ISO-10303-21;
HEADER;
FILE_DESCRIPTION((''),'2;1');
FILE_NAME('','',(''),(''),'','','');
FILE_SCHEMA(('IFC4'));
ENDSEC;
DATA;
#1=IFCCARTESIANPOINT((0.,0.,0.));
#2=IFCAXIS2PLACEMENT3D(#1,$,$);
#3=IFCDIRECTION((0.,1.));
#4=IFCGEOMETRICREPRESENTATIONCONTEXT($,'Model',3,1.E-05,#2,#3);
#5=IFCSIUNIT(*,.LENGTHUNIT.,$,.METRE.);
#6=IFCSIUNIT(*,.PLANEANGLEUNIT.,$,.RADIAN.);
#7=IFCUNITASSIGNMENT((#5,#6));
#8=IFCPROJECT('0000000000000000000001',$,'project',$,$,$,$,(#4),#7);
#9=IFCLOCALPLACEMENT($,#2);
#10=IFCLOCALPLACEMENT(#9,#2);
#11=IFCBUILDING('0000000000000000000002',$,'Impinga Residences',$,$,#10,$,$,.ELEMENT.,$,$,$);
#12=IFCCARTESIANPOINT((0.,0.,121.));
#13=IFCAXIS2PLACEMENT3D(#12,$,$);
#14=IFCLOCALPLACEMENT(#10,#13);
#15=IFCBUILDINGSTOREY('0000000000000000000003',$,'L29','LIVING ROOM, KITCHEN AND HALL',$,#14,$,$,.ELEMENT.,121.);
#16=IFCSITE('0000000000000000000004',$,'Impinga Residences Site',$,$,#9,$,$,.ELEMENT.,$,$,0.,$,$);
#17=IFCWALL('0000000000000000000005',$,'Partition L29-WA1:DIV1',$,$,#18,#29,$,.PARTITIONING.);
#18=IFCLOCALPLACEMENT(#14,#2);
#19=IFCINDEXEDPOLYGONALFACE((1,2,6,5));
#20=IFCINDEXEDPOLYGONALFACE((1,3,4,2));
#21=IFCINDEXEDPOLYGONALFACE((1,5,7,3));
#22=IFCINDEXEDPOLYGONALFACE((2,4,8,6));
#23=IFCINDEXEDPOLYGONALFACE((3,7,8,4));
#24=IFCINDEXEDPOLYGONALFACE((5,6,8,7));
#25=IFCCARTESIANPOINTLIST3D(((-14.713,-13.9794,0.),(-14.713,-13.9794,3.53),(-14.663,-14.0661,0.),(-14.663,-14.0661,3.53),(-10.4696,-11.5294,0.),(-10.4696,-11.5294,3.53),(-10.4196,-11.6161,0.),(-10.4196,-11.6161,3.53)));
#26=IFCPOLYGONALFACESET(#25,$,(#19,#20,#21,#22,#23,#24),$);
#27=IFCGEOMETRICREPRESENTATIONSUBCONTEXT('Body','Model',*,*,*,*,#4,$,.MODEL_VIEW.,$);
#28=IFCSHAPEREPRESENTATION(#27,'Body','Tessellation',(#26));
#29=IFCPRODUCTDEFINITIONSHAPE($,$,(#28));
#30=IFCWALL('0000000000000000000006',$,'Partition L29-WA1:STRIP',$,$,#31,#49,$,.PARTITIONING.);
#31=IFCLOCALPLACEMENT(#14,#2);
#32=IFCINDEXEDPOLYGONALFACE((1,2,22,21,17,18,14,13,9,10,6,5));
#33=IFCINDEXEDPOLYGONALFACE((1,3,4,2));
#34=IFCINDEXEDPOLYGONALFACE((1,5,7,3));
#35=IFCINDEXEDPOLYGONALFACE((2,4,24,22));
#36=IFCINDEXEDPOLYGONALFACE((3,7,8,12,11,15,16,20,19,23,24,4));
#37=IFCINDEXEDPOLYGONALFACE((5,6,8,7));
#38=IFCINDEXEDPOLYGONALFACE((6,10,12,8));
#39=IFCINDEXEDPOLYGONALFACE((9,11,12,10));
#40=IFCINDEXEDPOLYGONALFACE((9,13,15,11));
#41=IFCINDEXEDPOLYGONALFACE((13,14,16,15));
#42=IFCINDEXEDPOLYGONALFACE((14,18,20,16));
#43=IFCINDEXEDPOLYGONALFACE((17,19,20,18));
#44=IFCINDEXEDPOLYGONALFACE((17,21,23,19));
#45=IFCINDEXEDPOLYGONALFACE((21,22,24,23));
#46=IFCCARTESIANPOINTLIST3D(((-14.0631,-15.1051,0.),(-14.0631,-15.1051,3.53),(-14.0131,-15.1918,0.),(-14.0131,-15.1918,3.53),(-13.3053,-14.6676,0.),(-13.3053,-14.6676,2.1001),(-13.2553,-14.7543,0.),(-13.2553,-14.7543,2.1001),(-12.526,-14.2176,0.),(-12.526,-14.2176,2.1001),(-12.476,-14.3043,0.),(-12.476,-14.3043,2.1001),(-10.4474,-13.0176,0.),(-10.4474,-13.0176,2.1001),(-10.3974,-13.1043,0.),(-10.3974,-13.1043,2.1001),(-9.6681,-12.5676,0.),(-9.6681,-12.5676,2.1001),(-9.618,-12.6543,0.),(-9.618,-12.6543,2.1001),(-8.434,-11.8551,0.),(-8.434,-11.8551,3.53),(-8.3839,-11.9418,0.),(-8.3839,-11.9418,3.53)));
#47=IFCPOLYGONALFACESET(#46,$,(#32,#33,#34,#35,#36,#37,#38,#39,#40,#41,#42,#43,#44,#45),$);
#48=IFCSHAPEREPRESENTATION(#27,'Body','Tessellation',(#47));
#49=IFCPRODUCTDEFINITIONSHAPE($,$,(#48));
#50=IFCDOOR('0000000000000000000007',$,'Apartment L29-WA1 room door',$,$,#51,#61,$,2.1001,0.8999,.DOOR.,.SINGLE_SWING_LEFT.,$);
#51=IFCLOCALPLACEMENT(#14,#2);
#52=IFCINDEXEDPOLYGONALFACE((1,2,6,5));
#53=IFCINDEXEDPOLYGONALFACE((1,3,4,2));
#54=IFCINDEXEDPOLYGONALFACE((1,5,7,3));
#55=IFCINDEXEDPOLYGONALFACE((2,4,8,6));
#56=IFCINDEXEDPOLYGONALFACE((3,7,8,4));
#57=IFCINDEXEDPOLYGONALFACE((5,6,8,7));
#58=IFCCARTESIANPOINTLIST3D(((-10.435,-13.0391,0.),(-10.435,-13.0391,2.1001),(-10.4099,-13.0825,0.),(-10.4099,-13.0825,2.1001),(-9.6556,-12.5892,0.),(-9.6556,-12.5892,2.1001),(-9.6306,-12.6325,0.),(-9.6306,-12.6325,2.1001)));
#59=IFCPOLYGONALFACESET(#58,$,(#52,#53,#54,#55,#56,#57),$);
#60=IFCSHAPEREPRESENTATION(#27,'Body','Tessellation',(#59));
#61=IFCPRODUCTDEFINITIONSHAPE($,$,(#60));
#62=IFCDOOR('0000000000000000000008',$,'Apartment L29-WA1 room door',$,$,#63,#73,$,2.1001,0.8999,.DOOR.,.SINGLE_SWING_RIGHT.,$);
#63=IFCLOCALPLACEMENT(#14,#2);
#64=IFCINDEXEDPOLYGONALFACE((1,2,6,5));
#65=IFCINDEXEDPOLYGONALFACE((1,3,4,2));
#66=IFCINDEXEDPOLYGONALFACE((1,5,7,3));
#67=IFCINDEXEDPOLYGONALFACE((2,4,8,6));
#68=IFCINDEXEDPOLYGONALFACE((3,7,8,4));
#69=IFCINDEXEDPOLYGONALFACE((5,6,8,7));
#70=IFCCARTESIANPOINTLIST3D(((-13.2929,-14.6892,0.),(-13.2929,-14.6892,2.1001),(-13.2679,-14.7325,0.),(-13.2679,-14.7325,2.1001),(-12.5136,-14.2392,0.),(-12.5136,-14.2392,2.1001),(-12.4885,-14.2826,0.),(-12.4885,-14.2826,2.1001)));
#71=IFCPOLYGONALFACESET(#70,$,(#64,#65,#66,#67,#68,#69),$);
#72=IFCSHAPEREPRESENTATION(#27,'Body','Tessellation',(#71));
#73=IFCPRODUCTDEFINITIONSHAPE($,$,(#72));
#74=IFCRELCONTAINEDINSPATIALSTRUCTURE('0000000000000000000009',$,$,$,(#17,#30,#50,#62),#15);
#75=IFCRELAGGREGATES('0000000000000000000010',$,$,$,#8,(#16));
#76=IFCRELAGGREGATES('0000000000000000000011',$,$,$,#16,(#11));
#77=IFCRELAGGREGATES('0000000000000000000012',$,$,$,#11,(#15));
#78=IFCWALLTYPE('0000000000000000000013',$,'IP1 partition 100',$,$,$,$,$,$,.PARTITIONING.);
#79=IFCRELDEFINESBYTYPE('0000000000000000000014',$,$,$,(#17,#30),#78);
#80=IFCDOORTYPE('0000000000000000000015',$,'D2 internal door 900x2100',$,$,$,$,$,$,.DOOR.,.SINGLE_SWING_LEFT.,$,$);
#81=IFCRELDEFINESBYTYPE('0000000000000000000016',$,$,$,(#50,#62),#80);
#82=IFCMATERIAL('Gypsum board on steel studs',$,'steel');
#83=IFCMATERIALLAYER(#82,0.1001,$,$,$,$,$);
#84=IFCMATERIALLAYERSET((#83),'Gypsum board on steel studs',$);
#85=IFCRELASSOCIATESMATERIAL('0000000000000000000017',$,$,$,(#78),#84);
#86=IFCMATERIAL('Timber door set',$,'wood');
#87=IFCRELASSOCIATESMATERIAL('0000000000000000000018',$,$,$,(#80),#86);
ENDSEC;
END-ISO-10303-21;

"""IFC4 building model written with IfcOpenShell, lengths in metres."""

from ifc_helpers import new_model, si_unit, direction, frame, frame_2d, origin, place, context, subcontext, project, spatial, rectangle, extrude, material, layer, layer_set, type_object, element, fill, save


model = new_model("IFC4")

# Units and contexts
model_context = context("Model", 3, precision=1e-05, world=origin(), true_north=direction((0.0, 1.0)))
body_context = subcontext(model_context, "Body", "Model", "MODEL_VIEW")
ifc_project = project(units=[si_unit("LENGTHUNIT", "METRE"), si_unit("PLANEANGLEUNIT", "RADIAN")], contexts=[model_context])

# Site, building, storey
site_placement = place(None, origin())
site = spatial("IfcSite", under=ifc_project, at=site_placement, Name="Impinga Residences Site", CompositionType="ELEMENT", RefElevation=0.0)
building_placement = place(site_placement, origin())
building = spatial("IfcBuilding", under=site, at=building_placement, Name="Impinga Residences", CompositionType="ELEMENT")
storey_placement = place(building_placement, frame((0.0, 0.0, 121.0)))
storey = spatial("IfcBuildingStorey", under=building, at=storey_placement, Name="L29", Description="LIVING ROOM, KITCHEN AND HALL", CompositionType="ELEMENT", Elevation=121.0)

# Wall
ifc_material_1 = material(Name="Gypsum board on steel studs", Category="steel")
ifc_layer_1 = layer(ifc_material_1, 0.1001)
ifc_layer_set_1 = layer_set([ifc_layer_1], Name="Gypsum board on steel studs")
wall_type_1 = type_object("IfcWallType", Name="IP1 partition 100", PredefinedType="PARTITIONING", material=ifc_layer_set_1)
wall_1_placement = place(storey_placement, frame((-10.4446, -11.5728, 0.0), z_axis=(0.0, 0.0, 1.0), x_axis=(-0.866024, -0.500003, 0.0)))
element("IfcWall", 1, at=wall_1_placement, inside=storey, type_object=wall_type_1, Name="Partition L29-WA1:DIV1", PredefinedType="PARTITIONING", context=body_context, shape_type="SweptSolid", body=[
    extrude(rectangle(XDim=4.8999, YDim=0.1001, at=frame_2d((2.45, 0.0))), origin(), (0.0, 0.0, 1.0), 3.53),
])

# Wall, openings, doors
wall_2_placement = place(storey_placement, frame((-8.4089, -11.8984, 0.0), z_axis=(0.0, 0.0, 1.0), x_axis=(-0.866025, -0.500001, 0.0)))
wall_2 = element("IfcWall", 2, at=wall_2_placement, inside=storey, type_object=wall_type_1, Name="Partition L29-WA1:STRIP", PredefinedType="PARTITIONING", context=body_context, shape_type="SweptSolid", body=[
    extrude(rectangle(XDim=6.5, YDim=0.1001, at=frame_2d((3.25, 0.0))), origin(), (0.0, 0.0, 1.0), 3.53),
])
opening_1_placement = place(wall_2_placement, frame((1.425, 0.0, 0.0)))
opening_1 = element("IfcOpeningElement", 3, at=opening_1_placement, cuts=wall_2, PredefinedType="OPENING", context=body_context, shape_type="SweptSolid", body=[
    extrude(rectangle(XDim=0.8999, YDim=2.1001, at=frame_2d((0.45, 1.05))), frame((0.0, 0.0601, 0.0), z_axis=(0.0, -1.0, 0.0), x_axis=(1.0, 0.0, 0.0)), (0.0, 0.0, 1.0), 0.1201),
])
opening_2_placement = place(wall_2_placement, frame((4.7251, 0.0, 0.0)))
opening_2 = element("IfcOpeningElement", 4, at=opening_2_placement, cuts=wall_2, PredefinedType="OPENING", context=body_context, shape_type="SweptSolid", body=[
    extrude(rectangle(XDim=0.8999, YDim=2.1001, at=frame_2d((0.45, 1.05))), frame((0.0, 0.0601, 0.0), z_axis=(0.0, -1.0, 0.0), x_axis=(1.0, 0.0, 0.0)), (0.0, 0.0, 1.0), 0.1201),
])
ifc_material_2 = material(Name="Timber door set", Category="wood")
door_type = type_object("IfcDoorType", Name="D2 internal door 900x2100", OperationType="SINGLE_SWING_LEFT", PredefinedType="DOOR", material=ifc_material_2)
door_1_placement = place(opening_1_placement, origin())
door_1 = element("IfcDoor", 5, at=door_1_placement, inside=storey, type_object=door_type, Name="Apartment L29-WA1 room door", OperationType="SINGLE_SWING_LEFT", OverallHeight=2.1001, OverallWidth=0.8999, PredefinedType="DOOR", context=body_context, shape_type="SweptSolid", body=[
    extrude(rectangle(XDim=0.8999, YDim=2.1001, at=frame_2d((0.45, 1.05))), frame((0.0, 0.0249, 0.0), z_axis=(0.0, -1.0, 0.0), x_axis=(1.0, 0.0, 0.0)), (0.0, 0.0, 1.0), 0.05),
])
fill(opening_1, door_1)
door_2_placement = place(opening_2_placement, origin())
door_2 = element("IfcDoor", 6, at=door_2_placement, inside=storey, type_object=door_type, Name="Apartment L29-WA1 room door", OperationType="SINGLE_SWING_RIGHT", OverallHeight=2.1001, OverallWidth=0.8999, PredefinedType="DOOR", context=body_context, shape_type="SweptSolid", body=[
    extrude(rectangle(XDim=0.8999, YDim=2.1001, at=frame_2d((0.45, 1.05))), frame((0.0, 0.0249, 0.0), z_axis=(0.0, -1.0, 0.0), x_axis=(1.0, 0.0, 0.0)), (0.0, 0.0, 1.0), 0.05),
])
fill(opening_2, door_2)

save(model, "model.ifc")
